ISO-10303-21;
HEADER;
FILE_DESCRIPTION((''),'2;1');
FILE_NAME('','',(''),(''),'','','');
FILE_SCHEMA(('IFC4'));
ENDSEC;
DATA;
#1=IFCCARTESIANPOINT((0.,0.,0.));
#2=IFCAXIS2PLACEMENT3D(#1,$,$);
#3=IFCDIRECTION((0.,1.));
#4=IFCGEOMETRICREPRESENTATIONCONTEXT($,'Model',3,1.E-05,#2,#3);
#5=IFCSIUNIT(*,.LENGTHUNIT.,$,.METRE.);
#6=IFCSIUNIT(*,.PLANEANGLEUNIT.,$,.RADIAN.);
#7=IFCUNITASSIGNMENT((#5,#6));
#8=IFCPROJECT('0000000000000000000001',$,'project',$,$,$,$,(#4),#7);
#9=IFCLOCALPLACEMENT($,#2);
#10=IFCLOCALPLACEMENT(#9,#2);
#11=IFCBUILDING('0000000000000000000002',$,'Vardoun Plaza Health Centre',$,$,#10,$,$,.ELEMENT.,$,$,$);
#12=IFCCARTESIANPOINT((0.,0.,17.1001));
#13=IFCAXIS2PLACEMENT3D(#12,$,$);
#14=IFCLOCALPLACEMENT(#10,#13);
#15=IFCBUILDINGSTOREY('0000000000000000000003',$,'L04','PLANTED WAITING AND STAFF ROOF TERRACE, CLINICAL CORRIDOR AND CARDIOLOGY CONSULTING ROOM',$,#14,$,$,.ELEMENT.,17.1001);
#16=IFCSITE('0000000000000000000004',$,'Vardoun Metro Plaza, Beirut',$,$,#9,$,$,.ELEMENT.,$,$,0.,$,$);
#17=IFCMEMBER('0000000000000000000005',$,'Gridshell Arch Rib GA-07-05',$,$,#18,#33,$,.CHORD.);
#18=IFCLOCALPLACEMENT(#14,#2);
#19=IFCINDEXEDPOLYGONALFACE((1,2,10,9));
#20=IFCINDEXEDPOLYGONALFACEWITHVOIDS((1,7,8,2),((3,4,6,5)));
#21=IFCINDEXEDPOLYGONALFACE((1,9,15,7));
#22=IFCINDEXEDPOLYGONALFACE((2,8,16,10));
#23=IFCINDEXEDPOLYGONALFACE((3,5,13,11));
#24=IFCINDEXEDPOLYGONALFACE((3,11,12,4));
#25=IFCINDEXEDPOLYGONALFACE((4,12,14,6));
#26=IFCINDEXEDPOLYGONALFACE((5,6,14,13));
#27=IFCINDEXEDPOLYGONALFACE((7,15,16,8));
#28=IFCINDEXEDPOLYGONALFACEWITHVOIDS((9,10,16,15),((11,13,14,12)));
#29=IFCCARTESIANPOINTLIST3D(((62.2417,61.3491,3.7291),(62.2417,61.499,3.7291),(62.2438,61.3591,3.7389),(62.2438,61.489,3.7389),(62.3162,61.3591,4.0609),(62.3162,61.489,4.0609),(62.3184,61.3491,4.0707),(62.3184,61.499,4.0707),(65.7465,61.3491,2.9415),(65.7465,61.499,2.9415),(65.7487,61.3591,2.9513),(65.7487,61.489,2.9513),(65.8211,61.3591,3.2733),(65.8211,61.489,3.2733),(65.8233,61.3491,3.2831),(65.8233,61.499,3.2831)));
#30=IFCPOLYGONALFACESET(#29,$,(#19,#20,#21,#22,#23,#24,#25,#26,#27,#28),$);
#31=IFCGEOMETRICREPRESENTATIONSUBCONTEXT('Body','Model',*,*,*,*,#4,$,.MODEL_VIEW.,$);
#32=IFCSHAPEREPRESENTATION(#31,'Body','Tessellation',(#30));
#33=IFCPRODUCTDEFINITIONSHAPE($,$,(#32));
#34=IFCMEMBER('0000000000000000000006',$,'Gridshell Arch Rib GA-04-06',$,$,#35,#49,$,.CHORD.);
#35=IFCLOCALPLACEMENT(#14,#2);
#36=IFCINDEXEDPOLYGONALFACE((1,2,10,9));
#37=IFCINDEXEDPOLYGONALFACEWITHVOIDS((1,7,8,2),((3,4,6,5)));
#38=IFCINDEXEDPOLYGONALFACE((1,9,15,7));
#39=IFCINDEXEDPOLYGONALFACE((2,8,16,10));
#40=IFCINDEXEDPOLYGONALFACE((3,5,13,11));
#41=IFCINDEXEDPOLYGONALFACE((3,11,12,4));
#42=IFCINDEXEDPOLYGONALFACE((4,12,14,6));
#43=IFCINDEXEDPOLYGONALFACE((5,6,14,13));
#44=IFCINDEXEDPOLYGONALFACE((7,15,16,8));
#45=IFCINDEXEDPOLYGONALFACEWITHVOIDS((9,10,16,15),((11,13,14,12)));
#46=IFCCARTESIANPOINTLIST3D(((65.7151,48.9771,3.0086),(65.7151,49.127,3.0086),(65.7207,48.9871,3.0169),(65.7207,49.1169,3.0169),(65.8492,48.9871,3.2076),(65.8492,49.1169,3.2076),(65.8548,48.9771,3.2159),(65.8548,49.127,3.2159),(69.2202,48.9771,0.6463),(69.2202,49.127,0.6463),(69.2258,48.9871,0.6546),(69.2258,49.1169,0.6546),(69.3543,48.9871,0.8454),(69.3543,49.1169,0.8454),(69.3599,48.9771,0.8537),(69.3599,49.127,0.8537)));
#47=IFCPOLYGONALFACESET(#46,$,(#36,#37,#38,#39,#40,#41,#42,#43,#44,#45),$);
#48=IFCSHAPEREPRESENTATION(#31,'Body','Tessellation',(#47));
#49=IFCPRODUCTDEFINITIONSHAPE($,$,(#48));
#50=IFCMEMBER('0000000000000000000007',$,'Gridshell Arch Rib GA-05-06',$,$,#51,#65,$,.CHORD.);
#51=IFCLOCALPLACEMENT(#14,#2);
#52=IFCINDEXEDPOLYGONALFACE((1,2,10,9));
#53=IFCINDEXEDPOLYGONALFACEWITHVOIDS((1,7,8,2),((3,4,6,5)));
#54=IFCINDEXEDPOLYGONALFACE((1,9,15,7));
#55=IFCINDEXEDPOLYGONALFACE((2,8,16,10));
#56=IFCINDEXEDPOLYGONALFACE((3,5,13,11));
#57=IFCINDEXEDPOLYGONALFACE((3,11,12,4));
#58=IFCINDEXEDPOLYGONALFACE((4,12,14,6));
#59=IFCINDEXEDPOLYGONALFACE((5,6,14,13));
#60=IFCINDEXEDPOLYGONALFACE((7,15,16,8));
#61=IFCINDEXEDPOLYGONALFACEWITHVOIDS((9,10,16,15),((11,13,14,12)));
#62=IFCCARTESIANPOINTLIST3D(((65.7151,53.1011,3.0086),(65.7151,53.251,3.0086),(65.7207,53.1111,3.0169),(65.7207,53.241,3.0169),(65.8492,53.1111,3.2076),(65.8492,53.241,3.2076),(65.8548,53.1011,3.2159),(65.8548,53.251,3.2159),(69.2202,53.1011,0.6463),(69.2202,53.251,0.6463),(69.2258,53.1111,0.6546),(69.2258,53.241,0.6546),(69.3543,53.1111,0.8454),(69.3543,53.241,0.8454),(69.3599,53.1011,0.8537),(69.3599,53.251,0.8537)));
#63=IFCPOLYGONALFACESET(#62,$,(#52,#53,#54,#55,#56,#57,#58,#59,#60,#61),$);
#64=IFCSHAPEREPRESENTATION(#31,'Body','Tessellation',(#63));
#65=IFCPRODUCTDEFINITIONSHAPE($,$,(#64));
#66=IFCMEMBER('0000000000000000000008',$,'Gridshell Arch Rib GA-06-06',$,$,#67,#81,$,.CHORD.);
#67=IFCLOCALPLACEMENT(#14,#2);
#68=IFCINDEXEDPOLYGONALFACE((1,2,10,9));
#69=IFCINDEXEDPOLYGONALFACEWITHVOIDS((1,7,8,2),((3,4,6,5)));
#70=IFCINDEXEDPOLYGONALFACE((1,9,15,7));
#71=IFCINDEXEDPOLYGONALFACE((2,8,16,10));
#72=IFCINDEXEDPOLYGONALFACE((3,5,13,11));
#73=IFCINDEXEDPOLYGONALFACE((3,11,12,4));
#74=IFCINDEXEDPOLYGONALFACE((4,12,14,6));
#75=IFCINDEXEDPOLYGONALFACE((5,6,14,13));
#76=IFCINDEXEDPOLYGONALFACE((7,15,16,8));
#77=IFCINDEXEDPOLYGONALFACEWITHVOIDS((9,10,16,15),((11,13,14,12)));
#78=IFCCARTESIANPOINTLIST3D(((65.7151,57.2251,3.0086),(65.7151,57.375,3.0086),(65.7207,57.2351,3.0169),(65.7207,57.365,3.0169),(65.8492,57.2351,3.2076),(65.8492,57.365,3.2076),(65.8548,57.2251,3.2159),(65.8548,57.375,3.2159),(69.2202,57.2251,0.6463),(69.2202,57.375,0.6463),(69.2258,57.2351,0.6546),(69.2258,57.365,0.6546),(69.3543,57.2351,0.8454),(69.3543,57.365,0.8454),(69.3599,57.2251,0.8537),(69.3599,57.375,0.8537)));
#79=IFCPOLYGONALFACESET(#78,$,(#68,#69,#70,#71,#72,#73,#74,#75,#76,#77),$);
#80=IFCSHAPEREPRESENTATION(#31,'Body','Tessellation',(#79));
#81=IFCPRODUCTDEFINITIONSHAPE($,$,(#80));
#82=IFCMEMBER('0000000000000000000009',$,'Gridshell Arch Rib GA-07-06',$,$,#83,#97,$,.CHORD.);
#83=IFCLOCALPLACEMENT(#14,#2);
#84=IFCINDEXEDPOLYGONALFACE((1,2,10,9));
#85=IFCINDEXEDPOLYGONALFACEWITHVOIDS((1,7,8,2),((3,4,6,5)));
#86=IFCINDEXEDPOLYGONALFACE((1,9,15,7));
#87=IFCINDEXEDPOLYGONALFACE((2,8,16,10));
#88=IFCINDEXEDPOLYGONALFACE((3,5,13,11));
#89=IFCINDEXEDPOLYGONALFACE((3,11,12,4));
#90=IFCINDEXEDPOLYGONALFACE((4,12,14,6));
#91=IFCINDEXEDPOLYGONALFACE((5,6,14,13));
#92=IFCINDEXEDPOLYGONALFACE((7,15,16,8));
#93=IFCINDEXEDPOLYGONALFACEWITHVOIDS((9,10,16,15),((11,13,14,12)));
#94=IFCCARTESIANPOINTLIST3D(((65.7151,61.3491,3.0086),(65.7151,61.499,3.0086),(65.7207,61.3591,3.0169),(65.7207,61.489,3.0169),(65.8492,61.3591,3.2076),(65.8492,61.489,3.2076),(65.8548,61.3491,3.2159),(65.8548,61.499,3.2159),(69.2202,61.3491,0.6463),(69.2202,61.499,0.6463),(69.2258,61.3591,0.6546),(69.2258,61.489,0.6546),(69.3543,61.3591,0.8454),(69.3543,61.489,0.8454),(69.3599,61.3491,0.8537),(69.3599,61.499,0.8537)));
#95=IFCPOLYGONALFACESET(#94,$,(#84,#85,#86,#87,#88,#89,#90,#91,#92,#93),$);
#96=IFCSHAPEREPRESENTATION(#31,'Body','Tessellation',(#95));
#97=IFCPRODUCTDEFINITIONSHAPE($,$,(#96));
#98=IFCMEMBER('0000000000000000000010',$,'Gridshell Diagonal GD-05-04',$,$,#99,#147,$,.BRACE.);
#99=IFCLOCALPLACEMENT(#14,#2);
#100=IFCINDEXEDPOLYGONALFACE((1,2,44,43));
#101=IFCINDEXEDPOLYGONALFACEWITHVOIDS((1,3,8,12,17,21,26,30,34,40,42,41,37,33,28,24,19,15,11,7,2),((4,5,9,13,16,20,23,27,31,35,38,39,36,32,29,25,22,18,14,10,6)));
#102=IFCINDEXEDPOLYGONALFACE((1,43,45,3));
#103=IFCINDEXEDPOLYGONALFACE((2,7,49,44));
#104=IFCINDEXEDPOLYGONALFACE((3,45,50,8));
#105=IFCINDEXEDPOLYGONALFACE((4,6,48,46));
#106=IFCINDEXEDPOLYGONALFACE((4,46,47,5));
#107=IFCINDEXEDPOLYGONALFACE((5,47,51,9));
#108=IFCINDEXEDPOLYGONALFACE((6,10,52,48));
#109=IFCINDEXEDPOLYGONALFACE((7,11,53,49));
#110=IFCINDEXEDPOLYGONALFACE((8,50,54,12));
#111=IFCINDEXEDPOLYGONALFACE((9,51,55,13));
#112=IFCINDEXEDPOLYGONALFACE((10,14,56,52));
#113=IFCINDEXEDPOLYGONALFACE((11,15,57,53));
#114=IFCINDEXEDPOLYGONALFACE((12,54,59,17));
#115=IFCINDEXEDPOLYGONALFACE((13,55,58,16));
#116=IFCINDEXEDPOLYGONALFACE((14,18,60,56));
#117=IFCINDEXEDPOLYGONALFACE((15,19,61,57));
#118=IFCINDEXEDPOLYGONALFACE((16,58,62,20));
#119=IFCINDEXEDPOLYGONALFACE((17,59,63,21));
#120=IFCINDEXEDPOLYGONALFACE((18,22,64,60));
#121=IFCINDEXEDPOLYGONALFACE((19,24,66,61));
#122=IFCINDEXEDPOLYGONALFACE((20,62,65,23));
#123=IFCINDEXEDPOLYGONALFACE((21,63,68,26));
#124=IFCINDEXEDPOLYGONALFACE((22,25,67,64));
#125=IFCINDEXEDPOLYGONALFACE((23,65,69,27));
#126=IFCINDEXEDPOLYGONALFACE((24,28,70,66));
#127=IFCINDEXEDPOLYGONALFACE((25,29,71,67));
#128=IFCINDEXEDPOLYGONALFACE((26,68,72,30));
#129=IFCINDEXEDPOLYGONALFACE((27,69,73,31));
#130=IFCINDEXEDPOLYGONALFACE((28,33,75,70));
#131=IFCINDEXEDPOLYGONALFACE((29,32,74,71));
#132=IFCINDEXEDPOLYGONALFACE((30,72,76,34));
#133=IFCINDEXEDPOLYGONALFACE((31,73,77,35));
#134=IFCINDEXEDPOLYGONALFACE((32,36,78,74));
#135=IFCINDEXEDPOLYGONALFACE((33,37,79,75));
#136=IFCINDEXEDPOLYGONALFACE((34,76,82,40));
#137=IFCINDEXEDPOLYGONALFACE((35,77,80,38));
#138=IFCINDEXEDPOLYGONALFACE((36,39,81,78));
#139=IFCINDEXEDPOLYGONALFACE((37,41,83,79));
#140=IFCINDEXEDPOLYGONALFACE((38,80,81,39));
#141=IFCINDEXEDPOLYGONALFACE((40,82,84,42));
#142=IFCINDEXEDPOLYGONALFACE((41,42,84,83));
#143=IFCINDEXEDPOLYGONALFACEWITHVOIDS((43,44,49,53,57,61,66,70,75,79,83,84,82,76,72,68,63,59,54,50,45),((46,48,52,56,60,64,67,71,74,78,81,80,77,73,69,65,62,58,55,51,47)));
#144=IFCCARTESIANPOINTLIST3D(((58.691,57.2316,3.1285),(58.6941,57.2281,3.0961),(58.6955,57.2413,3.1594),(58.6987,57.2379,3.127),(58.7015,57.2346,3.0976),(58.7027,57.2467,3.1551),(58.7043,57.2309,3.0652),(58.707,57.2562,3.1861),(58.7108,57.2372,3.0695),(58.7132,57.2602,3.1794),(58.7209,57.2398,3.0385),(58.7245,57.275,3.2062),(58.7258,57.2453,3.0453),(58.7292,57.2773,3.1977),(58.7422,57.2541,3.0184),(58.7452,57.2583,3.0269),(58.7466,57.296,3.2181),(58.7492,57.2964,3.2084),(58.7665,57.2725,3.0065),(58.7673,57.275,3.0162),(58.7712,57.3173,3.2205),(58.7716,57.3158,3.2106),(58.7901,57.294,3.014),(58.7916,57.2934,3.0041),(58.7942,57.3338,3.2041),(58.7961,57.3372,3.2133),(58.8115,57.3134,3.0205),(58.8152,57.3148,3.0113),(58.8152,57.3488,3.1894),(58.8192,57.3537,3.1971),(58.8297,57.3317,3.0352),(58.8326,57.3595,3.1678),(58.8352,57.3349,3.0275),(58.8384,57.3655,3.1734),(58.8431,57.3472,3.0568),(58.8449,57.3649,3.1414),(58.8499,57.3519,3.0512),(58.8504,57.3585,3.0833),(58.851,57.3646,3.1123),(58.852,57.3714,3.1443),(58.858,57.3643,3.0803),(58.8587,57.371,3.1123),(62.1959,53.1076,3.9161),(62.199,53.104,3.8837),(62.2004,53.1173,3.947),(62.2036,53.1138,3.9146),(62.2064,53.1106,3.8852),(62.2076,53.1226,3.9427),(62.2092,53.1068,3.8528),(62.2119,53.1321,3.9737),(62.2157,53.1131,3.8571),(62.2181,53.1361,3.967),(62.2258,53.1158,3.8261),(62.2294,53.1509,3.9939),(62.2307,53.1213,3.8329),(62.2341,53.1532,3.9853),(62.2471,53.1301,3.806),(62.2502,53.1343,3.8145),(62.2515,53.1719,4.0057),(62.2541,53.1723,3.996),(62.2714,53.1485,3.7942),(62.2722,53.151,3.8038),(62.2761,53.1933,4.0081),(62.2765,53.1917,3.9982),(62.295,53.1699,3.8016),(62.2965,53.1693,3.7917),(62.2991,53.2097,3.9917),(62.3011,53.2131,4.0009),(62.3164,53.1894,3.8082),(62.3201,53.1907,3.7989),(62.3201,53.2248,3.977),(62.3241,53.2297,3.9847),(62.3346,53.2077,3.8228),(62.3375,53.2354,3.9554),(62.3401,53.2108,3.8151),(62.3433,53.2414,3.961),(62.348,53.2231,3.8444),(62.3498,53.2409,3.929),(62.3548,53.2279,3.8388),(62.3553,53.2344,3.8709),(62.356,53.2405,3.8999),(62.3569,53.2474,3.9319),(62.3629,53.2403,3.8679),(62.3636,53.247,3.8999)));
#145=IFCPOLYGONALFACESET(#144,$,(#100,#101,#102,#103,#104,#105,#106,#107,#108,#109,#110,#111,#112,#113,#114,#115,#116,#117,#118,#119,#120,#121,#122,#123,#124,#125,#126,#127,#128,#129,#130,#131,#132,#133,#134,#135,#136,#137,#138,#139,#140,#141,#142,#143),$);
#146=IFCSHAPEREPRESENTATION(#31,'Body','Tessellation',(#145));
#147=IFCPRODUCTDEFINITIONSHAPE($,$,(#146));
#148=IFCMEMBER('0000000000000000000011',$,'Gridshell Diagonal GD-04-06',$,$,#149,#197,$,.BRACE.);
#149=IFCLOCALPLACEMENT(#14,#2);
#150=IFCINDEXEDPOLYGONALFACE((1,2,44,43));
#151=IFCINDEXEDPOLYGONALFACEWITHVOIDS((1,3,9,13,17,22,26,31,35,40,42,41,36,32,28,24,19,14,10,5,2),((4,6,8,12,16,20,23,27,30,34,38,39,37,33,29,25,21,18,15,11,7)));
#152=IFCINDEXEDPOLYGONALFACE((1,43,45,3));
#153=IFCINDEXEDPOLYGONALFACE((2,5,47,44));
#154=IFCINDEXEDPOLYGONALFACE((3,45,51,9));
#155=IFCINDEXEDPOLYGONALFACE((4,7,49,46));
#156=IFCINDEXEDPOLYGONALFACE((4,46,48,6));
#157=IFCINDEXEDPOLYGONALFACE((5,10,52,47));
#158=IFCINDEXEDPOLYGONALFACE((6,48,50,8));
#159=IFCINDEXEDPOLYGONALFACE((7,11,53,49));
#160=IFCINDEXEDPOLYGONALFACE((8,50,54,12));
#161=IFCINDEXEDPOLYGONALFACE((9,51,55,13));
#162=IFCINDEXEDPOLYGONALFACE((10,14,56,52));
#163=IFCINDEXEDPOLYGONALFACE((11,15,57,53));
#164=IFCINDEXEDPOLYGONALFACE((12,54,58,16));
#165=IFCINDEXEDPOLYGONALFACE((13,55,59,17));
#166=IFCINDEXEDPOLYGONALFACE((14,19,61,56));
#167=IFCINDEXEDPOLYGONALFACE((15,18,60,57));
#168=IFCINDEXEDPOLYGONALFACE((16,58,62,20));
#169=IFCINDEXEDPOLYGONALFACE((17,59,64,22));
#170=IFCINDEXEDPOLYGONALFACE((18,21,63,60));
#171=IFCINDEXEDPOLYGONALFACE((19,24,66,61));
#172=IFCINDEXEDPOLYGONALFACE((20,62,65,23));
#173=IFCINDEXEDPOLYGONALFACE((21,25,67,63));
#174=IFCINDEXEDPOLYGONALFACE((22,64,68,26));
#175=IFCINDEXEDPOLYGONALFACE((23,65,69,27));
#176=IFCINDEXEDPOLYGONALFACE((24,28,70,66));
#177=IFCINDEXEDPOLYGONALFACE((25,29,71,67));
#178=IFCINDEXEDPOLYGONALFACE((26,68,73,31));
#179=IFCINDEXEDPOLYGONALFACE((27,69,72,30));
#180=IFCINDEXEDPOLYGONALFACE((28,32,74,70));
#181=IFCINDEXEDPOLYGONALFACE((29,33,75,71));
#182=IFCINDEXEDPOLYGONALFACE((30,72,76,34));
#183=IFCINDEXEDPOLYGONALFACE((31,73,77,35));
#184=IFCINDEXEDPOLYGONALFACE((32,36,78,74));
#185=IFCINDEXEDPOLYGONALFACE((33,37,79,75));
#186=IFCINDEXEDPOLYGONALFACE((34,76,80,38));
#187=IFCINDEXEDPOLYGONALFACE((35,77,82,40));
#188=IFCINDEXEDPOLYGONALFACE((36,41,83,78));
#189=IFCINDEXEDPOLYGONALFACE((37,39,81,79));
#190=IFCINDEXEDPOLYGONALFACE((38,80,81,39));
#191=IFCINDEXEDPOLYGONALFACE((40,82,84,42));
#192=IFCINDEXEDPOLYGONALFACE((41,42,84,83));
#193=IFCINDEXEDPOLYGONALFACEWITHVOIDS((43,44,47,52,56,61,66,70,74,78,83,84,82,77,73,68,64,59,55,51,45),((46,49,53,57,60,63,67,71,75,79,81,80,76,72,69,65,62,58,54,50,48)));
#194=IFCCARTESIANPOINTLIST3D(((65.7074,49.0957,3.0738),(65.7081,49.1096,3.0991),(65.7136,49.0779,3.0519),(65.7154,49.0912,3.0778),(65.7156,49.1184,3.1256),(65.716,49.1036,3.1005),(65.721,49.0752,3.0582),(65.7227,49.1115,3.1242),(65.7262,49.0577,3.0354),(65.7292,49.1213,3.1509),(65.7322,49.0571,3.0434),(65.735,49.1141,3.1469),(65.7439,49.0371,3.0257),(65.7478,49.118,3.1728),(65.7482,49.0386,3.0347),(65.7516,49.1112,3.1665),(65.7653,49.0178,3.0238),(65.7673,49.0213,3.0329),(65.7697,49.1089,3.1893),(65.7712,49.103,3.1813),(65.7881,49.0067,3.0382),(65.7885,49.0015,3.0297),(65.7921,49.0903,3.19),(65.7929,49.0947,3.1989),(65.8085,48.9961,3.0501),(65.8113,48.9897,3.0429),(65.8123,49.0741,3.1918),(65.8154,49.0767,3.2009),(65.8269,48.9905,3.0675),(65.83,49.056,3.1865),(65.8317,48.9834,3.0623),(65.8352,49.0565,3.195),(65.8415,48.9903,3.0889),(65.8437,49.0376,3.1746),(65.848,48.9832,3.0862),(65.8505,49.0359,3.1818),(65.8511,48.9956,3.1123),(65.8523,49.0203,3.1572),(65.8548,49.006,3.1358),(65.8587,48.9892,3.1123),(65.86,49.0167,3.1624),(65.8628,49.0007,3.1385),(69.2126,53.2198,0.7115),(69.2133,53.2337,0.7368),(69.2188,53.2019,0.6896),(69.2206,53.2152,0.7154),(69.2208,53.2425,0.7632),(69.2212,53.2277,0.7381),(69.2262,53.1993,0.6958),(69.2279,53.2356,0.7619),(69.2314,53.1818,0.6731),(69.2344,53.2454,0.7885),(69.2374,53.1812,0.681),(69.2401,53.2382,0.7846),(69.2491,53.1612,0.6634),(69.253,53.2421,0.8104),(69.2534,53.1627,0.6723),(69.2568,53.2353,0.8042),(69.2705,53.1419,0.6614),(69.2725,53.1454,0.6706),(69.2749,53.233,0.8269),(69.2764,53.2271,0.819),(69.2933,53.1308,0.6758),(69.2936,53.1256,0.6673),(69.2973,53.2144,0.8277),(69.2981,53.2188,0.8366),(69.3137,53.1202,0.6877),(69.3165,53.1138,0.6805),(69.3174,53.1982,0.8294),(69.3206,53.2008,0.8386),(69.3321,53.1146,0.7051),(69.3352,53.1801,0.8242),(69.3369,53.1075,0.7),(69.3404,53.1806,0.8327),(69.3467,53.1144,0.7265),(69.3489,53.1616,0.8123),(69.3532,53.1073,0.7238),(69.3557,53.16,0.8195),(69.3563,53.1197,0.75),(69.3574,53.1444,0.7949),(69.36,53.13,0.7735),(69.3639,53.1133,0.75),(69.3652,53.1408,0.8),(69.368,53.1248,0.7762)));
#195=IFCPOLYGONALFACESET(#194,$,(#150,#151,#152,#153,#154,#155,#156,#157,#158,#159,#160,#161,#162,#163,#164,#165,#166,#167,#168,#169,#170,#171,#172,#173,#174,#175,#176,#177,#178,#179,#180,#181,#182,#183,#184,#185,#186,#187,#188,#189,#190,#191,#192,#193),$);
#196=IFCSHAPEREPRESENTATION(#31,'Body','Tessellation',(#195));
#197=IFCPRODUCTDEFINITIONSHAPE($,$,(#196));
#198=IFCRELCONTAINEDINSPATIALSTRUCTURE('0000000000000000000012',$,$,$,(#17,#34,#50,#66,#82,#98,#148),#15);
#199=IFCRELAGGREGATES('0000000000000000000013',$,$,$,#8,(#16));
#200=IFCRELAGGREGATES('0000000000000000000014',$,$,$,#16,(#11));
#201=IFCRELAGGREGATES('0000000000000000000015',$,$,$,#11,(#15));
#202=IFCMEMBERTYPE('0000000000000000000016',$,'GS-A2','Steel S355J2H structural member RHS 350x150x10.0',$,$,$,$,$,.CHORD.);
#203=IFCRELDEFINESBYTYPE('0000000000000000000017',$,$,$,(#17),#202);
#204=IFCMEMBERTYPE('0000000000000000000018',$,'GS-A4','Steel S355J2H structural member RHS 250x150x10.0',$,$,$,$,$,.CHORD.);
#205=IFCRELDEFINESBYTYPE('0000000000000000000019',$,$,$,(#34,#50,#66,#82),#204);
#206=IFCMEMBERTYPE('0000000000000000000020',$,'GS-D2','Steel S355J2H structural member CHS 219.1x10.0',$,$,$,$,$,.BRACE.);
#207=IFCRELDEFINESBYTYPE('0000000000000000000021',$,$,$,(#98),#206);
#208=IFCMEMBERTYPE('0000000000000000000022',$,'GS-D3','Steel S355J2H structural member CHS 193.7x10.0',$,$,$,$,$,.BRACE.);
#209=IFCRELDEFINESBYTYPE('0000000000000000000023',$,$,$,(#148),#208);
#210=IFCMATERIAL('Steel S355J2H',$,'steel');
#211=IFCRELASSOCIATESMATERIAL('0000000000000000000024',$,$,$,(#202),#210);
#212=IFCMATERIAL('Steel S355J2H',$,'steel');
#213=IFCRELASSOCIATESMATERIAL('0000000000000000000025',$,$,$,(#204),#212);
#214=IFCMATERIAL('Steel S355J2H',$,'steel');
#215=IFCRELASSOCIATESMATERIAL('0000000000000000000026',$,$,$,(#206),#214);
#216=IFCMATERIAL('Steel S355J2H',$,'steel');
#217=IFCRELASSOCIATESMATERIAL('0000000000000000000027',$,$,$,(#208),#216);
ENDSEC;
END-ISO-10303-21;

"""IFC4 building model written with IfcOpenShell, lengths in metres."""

from ifc_helpers import new_model, si_unit, direction, frame, origin, origin_2d, place, context, subcontext, project, spatial, hollow_rectangle, hollow_circle, extrude, material, material_profile, profile_set, type_object, element, save


model = new_model("IFC4")

# Units and contexts
model_context = context("Model", 3, precision=1e-05, world=origin(), true_north=direction((0.0, 1.0)))
body_context = subcontext(model_context, "Body", "Model", "MODEL_VIEW")
ifc_project = project(units=[si_unit("LENGTHUNIT", "METRE"), si_unit("PLANEANGLEUNIT", "RADIAN")], contexts=[model_context])

# Site, building, storey
site_placement = place(None, origin())
site = spatial("IfcSite", under=ifc_project, at=site_placement, Name="Vardoun Metro Plaza, Beirut", CompositionType="ELEMENT", RefElevation=0.0)
building_placement = place(site_placement, origin())
building = spatial("IfcBuilding", under=site, at=building_placement, Name="Vardoun Plaza Health Centre", CompositionType="ELEMENT")
storey_placement = place(building_placement, frame((0.0, 0.0, 17.1001)))
storey = spatial("IfcBuildingStorey", under=building, at=storey_placement, Name="L04", Description="PLANTED WAITING AND STAFF ROOF TERRACE, CLINICAL CORRIDOR AND CARDIOLOGY CONSULTING ROOM", CompositionType="ELEMENT", Elevation=17.1001)

# Members
ifc_material_1 = material(Name="Steel S355J2H", Category="steel")
ifc_material_profile_1 = material_profile(ifc_material_1, hollow_rectangle(XDim=0.1499, YDim=0.3501, WallThickness=0.01, at=origin_2d()), Name="RHS 350x150x10.0")
ifc_profile_set_1 = profile_set([ifc_material_profile_1], Name="Steel S355J2H")
member_type_1 = type_object("IfcMemberType", Name="GS-A2", Description="Steel S355J2H structural member RHS 350x150x10.0", PredefinedType="CHORD", material=ifc_profile_set_1)
for number, where, z_axis, x_axis, name in (
    (1, (65.7849, 61.4241, 3.1123), (-0.975669, 0.0, 0.219247), (0.0, -1.0, 0.0), "Gridshell Arch Rib GA-07-05"),
):
    element("IfcMember", number, at=place(storey_placement, frame(where, z_axis=z_axis, x_axis=x_axis)), inside=storey, type_object=member_type_1, Name=name, PredefinedType="CHORD", context=body_context, shape_type="SweptSolid", body=[
        extrude(hollow_rectangle(XDim=0.1499, YDim=0.3501, WallThickness=0.01, at=origin_2d()), origin(), (0.0, 0.0, 1.0), 3.5923),
    ])
ifc_material_2 = material(Name="Steel S355J2H", Category="steel")
ifc_material_profile_2 = material_profile(ifc_material_2, hollow_rectangle(XDim=0.1499, YDim=0.25, WallThickness=0.01, at=origin_2d()), Name="RHS 250x150x10.0")
ifc_profile_set_2 = profile_set([ifc_material_profile_2], Name="Steel S355J2H")
member_type_2 = type_object("IfcMemberType", Name="GS-A4", Description="Steel S355J2H structural member RHS 250x150x10.0", PredefinedType="CHORD", material=ifc_profile_set_2)
for number, where, z_axis, x_axis, name in (
    (2, (69.29, 49.052, 0.75), (-0.82925, 0.0, 0.558879), (0.0, -1.0, 0.0), "Gridshell Arch Rib GA-04-06"),
    (3, (69.29, 53.176, 0.75), (-0.82925, 0.0, 0.558879), (0.0, -1.0, 0.0), "Gridshell Arch Rib GA-05-06"),
    (4, (69.29, 57.3, 0.75), (-0.82925, 0.0, 0.558879), (0.0, -1.0, 0.0), "Gridshell Arch Rib GA-06-06"),
    (5, (69.29, 61.4241, 0.75), (-0.82925, 0.0, 0.558879), (0.0, -1.0, 0.0), "Gridshell Arch Rib GA-07-06"),
):
    element("IfcMember", number, at=place(storey_placement, frame(where, z_axis=z_axis, x_axis=x_axis)), inside=storey, type_object=member_type_2, Name=name, PredefinedType="CHORD", context=body_context, shape_type="SweptSolid", body=[
        extrude(hollow_rectangle(XDim=0.1499, YDim=0.25, WallThickness=0.01, at=origin_2d()), origin(), (0.0, 0.0, 1.0), 4.2268),
    ])
ifc_material_3 = material(Name="Steel S355J2H", Category="steel")
ifc_material_profile_3 = material_profile(ifc_material_3, hollow_circle(Radius=0.1096, WallThickness=0.01, at=origin_2d()), Name="CHS 219.1x10.0")
ifc_profile_set_3 = profile_set([ifc_material_profile_3], Name="Steel S355J2H")
member_type_3 = type_object("IfcMemberType", Name="GS-D2", Description="Steel S355J2H structural member CHS 219.1x10.0", PredefinedType="BRACE", material=ifc_profile_set_3)
member_1_placement = place(storey_placement, frame((58.7751, 57.3, 3.1123), z_axis=(0.640841, -0.754046, 0.144006), x_axis=(0.761988, 0.647591, 0.0)))
element("IfcMember", 6, at=member_1_placement, inside=storey, type_object=member_type_3, Name="Gridshell Diagonal GD-05-04", PredefinedType="BRACE", context=body_context, shape_type="SweptSolid", body=[
    extrude(hollow_circle(Radius=0.1096, WallThickness=0.01, at=origin_2d()), origin(), (0.0, 0.0, 1.0), 5.4692),
])
ifc_material_4 = material(Name="Steel S355J2H", Category="steel")
ifc_material_profile_4 = material_profile(ifc_material_4, hollow_circle(Radius=0.0969, WallThickness=0.01, at=origin_2d()), Name="CHS 193.7x10.0")
ifc_profile_set_4 = profile_set([ifc_material_profile_4], Name="Steel S355J2H")
member_type_4 = type_object("IfcMemberType", Name="GS-D3", Description="Steel S355J2H structural member CHS 193.7x10.0", PredefinedType="BRACE", material=ifc_profile_set_4)
member_2_placement = place(storey_placement, frame((69.29, 53.176, 0.75), z_axis=(-0.593544, -0.698346, 0.400023), x_axis=(0.761966, -0.647617, 0.0)))
element("IfcMember", 7, at=member_2_placement, inside=storey, type_object=member_type_4, Name="Gridshell Diagonal GD-04-06", PredefinedType="BRACE", context=body_context, shape_type="SweptSolid", body=[
    extrude(hollow_circle(Radius=0.0969, WallThickness=0.01, at=origin_2d()), origin(), (0.0, 0.0, 1.0), 5.9055),
])

save(model, "model.ifc")
